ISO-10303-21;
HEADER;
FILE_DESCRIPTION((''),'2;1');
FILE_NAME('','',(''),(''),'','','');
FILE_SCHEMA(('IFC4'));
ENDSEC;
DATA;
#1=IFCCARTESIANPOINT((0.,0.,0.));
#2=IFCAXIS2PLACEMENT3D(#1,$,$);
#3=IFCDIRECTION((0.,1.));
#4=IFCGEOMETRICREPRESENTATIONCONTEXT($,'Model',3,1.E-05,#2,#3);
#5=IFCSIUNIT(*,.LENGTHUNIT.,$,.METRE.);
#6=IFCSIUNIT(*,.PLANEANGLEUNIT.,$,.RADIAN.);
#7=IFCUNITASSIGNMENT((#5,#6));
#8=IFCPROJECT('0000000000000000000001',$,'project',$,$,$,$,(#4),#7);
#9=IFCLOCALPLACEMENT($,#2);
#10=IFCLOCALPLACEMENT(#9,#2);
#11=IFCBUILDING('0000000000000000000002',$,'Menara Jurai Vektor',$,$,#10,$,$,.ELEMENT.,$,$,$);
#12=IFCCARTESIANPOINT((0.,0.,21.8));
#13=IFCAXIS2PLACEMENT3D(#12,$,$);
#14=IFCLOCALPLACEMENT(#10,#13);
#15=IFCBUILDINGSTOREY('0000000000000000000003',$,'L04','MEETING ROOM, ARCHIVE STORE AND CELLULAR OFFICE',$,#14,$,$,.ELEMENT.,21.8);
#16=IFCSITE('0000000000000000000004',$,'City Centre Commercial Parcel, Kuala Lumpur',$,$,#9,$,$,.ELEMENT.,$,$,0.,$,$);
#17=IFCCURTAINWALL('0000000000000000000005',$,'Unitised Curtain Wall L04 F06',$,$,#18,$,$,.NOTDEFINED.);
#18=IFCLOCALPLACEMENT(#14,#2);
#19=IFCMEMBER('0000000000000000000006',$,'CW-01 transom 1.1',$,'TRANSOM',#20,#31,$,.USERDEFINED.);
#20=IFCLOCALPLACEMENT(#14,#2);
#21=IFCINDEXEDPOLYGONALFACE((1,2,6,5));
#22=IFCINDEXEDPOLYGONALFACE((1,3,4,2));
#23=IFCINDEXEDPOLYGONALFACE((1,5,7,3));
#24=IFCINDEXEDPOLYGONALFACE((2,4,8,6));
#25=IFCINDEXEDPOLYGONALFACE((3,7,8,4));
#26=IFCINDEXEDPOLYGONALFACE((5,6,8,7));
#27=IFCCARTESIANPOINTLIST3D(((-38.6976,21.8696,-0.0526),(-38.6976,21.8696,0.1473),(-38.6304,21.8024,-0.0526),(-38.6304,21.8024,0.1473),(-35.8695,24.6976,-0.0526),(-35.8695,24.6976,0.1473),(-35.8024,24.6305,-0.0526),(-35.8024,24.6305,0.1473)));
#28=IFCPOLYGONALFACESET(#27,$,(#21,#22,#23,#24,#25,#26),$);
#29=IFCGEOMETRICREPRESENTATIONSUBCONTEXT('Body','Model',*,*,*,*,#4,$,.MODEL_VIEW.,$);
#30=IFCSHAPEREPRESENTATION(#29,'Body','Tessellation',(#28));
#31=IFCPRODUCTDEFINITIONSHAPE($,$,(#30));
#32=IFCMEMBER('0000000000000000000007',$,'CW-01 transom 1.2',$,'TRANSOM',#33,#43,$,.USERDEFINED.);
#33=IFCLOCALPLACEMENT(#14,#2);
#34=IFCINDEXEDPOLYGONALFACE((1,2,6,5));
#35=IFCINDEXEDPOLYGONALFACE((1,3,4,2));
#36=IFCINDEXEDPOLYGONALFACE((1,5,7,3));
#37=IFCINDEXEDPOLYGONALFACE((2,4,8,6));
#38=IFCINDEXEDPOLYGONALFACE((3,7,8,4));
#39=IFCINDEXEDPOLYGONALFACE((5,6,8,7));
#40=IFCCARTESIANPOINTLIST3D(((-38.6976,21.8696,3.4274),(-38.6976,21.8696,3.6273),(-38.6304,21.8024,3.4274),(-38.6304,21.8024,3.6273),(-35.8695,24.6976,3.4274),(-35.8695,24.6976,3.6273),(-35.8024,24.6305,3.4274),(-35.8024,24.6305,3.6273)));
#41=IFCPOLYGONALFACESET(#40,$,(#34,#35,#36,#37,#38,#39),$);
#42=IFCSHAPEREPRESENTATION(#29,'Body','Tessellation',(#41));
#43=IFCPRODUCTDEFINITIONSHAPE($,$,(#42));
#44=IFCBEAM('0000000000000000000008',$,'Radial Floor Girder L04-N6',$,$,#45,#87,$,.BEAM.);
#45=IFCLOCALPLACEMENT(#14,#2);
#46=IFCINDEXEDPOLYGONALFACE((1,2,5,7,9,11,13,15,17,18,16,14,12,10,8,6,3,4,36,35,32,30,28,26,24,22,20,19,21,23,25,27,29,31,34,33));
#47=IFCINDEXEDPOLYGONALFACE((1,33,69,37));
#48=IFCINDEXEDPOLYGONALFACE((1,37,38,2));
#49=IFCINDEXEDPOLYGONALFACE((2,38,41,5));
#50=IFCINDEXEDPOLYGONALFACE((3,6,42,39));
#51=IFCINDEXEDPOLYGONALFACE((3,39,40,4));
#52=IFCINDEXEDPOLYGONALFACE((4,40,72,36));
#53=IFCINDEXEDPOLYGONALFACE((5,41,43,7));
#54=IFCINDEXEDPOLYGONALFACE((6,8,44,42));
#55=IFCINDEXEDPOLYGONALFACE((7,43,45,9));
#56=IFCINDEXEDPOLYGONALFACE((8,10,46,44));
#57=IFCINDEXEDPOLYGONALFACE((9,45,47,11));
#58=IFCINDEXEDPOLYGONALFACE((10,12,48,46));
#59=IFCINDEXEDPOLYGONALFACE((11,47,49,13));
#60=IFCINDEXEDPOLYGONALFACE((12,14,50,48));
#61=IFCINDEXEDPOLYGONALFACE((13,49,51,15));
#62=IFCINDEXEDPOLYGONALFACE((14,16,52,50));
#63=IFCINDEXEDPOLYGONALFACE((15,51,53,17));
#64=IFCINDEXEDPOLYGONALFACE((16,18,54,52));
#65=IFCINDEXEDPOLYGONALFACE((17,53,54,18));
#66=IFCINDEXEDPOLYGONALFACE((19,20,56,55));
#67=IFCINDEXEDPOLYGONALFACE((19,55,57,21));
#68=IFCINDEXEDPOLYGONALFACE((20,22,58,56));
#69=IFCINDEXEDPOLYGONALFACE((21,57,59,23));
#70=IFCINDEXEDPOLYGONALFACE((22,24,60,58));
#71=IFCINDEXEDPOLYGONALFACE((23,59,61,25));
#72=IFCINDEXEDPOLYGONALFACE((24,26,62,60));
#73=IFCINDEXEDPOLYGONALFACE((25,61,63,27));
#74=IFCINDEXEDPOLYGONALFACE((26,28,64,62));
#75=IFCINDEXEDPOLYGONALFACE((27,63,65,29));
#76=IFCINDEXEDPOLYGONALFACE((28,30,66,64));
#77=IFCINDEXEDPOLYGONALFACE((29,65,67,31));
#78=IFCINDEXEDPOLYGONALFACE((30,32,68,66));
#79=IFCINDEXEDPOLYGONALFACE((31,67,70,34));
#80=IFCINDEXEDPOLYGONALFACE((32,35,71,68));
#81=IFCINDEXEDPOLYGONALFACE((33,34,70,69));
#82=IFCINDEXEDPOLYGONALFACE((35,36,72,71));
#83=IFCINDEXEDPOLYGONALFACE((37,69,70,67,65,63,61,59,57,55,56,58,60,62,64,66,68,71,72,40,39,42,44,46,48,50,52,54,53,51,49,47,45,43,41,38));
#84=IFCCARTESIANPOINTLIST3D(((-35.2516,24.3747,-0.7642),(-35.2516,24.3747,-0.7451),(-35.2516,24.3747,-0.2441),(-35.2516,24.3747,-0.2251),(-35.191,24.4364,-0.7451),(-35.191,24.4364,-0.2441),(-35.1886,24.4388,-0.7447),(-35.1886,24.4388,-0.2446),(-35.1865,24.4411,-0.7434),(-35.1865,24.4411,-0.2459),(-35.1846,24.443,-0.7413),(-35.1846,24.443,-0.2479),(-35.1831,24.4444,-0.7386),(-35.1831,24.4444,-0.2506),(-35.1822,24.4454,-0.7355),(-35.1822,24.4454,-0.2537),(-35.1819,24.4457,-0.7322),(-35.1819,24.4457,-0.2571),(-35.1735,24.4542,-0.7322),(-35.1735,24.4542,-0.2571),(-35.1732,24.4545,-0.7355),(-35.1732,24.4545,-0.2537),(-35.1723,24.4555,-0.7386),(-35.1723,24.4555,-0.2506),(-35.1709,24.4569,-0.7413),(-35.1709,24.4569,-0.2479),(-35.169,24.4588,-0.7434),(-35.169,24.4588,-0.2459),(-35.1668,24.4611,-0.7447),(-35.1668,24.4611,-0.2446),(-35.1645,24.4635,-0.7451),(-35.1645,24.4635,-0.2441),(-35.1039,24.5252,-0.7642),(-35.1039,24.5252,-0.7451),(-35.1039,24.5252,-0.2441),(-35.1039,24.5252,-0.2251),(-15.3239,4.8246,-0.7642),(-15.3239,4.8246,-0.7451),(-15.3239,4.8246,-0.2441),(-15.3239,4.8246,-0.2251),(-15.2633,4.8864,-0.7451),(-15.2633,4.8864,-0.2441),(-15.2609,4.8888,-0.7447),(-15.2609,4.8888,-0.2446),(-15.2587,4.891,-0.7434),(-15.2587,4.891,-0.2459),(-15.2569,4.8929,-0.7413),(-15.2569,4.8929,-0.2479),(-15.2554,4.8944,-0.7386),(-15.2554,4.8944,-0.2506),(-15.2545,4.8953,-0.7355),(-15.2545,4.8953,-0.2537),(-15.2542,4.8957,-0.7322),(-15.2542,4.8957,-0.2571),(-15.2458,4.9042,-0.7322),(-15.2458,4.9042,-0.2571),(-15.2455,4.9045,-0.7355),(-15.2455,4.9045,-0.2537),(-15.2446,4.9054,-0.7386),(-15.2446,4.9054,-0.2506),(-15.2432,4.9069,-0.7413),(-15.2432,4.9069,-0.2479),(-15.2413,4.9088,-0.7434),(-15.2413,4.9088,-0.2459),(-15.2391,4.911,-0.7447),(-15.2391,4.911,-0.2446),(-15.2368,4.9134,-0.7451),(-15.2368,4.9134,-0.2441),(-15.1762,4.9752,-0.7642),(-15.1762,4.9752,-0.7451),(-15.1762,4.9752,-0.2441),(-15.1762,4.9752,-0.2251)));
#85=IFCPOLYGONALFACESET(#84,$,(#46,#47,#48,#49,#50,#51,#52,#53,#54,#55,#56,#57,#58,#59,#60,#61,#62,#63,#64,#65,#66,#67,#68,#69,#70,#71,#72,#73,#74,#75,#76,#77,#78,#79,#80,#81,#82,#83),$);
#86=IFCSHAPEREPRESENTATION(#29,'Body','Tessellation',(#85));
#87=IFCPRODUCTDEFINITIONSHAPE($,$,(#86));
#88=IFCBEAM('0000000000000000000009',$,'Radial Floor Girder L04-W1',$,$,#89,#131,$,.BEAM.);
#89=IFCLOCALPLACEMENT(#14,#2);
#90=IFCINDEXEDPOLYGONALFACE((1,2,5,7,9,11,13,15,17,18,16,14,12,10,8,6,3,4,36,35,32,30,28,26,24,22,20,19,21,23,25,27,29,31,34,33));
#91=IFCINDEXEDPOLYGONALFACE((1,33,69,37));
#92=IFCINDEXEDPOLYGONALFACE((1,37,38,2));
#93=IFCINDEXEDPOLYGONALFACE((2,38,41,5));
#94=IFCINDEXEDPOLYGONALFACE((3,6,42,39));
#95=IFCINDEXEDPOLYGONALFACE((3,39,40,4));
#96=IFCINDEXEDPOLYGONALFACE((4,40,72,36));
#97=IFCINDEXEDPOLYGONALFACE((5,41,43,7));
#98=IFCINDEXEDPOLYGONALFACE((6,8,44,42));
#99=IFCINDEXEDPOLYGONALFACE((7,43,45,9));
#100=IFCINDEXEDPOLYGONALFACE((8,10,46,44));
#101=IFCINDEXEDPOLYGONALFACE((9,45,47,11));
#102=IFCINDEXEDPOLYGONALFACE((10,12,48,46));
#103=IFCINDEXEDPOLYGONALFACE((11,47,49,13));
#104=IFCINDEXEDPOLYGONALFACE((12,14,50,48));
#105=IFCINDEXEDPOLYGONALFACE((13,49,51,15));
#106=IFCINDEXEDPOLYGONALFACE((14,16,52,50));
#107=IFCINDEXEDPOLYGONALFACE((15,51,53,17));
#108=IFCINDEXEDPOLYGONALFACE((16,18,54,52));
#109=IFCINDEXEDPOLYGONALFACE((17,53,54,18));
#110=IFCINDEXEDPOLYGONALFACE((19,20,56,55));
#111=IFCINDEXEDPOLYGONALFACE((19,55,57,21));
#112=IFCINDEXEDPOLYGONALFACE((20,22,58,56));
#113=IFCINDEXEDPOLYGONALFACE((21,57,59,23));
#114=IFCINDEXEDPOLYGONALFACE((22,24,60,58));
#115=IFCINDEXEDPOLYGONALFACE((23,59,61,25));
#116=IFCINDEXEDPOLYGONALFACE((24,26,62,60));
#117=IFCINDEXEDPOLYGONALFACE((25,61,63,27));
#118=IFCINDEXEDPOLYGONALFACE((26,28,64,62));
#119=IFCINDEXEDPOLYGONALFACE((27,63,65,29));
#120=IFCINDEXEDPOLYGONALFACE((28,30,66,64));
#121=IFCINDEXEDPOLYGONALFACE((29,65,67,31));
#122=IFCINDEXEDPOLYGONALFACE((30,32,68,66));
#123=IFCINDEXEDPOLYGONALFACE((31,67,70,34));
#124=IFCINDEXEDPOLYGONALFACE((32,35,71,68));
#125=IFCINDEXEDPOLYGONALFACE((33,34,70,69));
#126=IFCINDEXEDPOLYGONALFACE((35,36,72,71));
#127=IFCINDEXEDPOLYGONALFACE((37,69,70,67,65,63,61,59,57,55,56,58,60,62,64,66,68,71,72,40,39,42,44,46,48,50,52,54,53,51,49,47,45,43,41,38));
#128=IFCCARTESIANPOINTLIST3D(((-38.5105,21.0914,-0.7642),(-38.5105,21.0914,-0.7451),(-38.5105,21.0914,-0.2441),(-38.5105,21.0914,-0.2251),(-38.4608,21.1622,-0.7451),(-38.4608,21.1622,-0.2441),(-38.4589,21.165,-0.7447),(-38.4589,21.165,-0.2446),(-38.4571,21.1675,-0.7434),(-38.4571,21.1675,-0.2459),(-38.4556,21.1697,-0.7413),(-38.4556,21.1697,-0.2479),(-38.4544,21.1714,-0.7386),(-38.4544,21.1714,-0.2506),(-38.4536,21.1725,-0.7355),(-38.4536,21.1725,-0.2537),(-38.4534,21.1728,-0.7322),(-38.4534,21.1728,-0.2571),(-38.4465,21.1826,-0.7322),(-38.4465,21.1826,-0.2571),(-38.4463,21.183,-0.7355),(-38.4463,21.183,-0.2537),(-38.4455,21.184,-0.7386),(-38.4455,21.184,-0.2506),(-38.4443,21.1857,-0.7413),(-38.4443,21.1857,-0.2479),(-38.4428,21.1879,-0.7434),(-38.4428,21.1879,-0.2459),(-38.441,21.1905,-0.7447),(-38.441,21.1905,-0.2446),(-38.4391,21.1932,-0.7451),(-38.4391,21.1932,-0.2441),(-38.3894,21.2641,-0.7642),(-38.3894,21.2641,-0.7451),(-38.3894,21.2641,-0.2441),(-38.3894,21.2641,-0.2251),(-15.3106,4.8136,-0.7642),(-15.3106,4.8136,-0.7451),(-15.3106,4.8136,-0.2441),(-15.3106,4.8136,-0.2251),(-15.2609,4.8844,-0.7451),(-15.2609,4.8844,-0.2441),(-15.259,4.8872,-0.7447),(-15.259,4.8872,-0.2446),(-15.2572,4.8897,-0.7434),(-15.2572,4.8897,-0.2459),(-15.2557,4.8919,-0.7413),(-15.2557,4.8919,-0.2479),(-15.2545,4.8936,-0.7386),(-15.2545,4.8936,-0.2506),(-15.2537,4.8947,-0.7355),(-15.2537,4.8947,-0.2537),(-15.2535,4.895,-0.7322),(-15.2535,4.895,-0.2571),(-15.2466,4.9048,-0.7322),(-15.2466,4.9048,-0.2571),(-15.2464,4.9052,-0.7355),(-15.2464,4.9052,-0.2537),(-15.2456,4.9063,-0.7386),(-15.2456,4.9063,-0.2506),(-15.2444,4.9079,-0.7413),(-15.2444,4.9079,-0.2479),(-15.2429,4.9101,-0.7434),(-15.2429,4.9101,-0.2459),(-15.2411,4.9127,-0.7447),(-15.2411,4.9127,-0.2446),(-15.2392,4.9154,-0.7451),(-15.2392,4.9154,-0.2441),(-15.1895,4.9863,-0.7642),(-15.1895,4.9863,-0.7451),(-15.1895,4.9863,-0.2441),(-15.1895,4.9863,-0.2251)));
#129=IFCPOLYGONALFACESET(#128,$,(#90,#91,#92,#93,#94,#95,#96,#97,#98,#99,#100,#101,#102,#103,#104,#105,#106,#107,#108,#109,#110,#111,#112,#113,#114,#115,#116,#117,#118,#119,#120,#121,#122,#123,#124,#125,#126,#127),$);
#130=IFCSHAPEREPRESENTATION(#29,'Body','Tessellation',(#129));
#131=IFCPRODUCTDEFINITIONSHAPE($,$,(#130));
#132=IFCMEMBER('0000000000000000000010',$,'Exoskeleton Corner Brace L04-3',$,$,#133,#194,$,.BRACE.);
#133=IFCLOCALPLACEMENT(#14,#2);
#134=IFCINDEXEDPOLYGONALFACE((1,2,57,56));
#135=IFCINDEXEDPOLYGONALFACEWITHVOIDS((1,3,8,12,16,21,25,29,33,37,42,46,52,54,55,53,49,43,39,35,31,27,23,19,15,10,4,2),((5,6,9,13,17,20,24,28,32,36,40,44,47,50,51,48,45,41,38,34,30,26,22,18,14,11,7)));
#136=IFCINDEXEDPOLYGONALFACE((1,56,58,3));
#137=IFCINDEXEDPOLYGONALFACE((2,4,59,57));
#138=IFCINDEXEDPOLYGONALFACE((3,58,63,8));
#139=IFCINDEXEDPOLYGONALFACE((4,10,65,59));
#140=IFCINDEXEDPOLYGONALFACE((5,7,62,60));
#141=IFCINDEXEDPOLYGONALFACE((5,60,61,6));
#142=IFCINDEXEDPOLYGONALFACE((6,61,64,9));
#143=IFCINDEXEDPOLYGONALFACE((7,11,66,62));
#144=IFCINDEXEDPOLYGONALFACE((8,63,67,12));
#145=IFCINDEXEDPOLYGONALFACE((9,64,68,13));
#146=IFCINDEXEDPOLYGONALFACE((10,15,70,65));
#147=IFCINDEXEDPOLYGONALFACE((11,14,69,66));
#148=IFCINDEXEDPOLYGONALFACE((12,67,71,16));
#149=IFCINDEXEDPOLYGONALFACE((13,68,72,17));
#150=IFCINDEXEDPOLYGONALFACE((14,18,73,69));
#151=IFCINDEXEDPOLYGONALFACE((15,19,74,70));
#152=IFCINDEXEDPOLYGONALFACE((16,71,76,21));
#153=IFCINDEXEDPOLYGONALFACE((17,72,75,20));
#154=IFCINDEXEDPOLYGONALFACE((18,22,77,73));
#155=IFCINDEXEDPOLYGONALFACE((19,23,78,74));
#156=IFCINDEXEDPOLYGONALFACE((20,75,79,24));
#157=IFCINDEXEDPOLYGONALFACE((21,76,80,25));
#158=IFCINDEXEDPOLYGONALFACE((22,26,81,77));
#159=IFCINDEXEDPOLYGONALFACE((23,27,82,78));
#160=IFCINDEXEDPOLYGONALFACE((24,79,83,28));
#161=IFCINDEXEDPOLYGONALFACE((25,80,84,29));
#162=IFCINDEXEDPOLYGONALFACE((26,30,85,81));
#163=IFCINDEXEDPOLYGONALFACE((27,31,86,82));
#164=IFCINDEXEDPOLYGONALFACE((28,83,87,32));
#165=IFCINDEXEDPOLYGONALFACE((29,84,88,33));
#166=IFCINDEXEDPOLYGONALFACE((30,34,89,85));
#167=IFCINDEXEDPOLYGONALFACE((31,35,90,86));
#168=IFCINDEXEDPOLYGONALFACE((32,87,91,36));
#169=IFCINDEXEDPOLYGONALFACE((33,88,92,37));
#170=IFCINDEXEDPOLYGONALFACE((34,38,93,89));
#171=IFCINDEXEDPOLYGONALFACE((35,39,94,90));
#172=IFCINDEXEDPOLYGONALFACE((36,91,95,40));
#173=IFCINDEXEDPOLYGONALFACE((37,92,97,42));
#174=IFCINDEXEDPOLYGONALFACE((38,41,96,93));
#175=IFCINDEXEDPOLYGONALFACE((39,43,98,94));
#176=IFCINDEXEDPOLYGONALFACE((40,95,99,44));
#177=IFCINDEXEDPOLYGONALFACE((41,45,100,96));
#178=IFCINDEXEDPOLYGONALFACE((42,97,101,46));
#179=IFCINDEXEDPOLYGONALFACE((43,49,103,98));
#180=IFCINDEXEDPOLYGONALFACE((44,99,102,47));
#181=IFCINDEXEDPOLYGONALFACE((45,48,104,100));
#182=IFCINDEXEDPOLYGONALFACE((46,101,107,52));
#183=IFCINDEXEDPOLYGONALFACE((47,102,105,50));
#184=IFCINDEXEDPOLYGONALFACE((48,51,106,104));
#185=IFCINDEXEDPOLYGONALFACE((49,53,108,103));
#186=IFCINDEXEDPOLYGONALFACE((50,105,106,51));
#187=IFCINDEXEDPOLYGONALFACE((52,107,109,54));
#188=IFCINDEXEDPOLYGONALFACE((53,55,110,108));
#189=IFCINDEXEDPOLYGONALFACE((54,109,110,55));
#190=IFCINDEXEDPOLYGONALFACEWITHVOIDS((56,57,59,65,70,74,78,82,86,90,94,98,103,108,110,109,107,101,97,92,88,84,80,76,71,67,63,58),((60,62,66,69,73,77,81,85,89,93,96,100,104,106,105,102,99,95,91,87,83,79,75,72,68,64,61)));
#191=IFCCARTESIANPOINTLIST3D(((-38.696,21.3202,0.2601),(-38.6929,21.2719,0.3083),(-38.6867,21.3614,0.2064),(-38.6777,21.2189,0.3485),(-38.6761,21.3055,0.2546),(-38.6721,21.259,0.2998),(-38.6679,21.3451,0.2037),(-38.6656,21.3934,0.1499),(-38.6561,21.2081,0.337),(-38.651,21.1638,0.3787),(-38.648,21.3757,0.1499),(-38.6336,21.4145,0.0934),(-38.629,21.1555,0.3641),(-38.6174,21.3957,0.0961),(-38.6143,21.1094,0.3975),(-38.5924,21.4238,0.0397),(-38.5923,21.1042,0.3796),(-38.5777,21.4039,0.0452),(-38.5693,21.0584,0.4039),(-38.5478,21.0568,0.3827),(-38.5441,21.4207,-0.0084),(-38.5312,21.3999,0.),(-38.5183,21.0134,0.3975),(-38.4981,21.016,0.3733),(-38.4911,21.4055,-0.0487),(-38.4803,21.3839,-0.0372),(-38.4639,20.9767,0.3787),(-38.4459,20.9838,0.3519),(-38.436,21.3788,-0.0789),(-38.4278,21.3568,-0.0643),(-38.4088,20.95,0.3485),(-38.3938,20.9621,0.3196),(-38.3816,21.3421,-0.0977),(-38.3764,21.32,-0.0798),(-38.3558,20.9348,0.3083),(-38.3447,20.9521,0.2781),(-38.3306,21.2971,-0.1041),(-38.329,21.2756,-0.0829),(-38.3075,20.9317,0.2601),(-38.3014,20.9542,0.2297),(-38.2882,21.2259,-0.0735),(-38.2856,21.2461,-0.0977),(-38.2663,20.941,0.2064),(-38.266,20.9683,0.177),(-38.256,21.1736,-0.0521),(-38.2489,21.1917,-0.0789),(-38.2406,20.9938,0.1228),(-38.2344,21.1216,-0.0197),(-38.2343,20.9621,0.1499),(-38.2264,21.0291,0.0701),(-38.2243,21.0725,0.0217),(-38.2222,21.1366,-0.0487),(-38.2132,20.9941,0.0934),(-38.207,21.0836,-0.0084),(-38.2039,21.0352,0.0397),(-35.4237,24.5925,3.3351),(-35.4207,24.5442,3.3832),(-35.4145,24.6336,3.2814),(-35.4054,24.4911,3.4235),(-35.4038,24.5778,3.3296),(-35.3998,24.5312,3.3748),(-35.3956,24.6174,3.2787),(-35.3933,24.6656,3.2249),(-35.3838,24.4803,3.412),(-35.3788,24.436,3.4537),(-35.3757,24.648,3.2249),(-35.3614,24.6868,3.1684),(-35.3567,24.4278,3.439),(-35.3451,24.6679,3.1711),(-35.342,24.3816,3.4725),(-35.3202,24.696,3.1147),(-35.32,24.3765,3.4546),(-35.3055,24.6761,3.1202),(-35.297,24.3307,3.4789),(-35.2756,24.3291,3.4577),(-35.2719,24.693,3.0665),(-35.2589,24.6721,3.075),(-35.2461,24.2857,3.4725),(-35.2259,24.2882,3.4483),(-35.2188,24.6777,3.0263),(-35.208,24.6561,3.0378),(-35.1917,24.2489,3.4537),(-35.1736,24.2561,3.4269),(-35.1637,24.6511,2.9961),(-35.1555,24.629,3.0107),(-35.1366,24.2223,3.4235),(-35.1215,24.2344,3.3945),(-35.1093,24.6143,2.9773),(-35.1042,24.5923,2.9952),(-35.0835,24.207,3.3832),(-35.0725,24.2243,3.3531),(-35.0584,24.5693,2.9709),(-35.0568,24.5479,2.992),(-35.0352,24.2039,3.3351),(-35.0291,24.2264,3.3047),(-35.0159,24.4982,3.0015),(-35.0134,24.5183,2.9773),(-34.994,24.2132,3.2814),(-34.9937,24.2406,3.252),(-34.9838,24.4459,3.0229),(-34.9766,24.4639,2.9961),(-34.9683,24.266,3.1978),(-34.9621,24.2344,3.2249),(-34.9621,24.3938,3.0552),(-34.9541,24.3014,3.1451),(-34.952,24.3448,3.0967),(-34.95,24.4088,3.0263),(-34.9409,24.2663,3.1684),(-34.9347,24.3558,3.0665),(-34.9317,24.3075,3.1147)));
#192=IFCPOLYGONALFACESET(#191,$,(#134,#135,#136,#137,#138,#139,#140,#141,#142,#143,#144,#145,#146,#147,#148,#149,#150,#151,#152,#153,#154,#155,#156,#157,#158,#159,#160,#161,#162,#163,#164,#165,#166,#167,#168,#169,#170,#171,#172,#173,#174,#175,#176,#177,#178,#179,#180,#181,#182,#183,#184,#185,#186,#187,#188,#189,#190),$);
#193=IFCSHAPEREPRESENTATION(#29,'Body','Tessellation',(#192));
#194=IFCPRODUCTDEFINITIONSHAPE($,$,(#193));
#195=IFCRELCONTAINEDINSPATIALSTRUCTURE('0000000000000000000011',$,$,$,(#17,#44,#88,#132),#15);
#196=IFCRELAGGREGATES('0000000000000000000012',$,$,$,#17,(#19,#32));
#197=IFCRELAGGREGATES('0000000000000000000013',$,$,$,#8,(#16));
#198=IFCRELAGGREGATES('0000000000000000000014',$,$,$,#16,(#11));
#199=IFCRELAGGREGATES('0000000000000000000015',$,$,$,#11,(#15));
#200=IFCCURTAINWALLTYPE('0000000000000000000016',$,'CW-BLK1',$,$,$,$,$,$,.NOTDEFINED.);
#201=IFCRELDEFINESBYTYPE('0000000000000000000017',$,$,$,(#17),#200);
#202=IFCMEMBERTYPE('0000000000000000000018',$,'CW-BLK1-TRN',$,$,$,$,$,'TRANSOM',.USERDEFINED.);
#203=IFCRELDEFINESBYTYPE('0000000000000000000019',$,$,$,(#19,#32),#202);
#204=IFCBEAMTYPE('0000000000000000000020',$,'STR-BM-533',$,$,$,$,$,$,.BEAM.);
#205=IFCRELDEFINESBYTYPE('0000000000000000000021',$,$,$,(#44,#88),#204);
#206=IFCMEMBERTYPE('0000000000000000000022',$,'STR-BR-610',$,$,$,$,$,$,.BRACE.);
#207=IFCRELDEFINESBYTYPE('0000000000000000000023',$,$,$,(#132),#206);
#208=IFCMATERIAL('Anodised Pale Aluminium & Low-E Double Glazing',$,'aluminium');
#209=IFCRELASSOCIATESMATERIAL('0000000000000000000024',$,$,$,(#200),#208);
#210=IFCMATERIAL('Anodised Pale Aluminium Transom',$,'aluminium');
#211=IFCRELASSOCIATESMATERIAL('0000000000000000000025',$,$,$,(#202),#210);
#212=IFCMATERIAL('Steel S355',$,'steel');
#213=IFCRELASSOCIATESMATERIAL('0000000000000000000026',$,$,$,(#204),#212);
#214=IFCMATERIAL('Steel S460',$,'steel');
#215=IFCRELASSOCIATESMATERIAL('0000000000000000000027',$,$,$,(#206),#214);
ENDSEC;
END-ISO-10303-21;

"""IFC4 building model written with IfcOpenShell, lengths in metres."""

from ifc_helpers import new_model, si_unit, direction, frame, origin, origin_2d, place, context, subcontext, project, spatial, rectangle, hollow_circle, i_section, extrude, material, material_profile, profile_set, type_object, element, aggregate, save


model = new_model("IFC4")

# Units and contexts
model_context = context("Model", 3, precision=1e-05, world=origin(), true_north=direction((0.0, 1.0)))
body_context = subcontext(model_context, "Body", "Model", "MODEL_VIEW")
ifc_project = project(units=[si_unit("LENGTHUNIT", "METRE"), si_unit("PLANEANGLEUNIT", "RADIAN")], contexts=[model_context])

# Site, building, storey
site_placement = place(None, origin())
site = spatial("IfcSite", under=ifc_project, at=site_placement, Name="City Centre Commercial Parcel, Kuala Lumpur", CompositionType="ELEMENT", RefElevation=0.0)
building_placement = place(site_placement, origin())
building = spatial("IfcBuilding", under=site, at=building_placement, Name="Menara Jurai Vektor", CompositionType="ELEMENT")
storey_placement = place(building_placement, frame((0.0, 0.0, 21.8)))
storey = spatial("IfcBuildingStorey", under=building, at=storey_placement, Name="L04", Description="MEETING ROOM, ARCHIVE STORE AND CELLULAR OFFICE", CompositionType="ELEMENT", Elevation=21.8)

# Shared definitions
ifc_material_1 = material(Name="Steel S460", Category="steel")

# Curtain wall
ifc_material_2 = material(Name="Anodised Pale Aluminium & Low-E Double Glazing", Category="aluminium")
curtain_wall_type = type_object("IfcCurtainWallType", Name="CW-BLK1", PredefinedType="NOTDEFINED", material=ifc_material_2)
curtain_wall_1_placement = place(storey_placement, origin())
curtain_wall_1 = element("IfcCurtainWall", 1, at=curtain_wall_1_placement, inside=storey, type_object=curtain_wall_type, Name="Unitised Curtain Wall L04 F06", PredefinedType="NOTDEFINED")

# Members
ifc_material_3 = material(Name="Anodised Pale Aluminium Transom", Category="aluminium")
ifc_material_profile_1 = material_profile(ifc_material_3, rectangle(XDim=0.095, YDim=0.2, at=origin_2d()), Name="ALU TRN 95x200")
ifc_profile_set_1 = profile_set([ifc_material_profile_1], Name="Anodised Pale Aluminium Transom")
member_type_1 = type_object("IfcMemberType", Name="CW-BLK1-TRN", ElementType="TRANSOM", PredefinedType="USERDEFINED", material=ifc_profile_set_1)
member_1_placement = place(storey_placement, frame((-35.8359, 24.6641, 0.0474), z_axis=(-0.707107, -0.707107, 0.0), x_axis=(0.707107, -0.707107, 0.0)))
member_1 = element("IfcMember", 2, at=member_1_placement, type_object=member_type_1, Name="CW-01 transom 1.1", ObjectType="TRANSOM", PredefinedType="USERDEFINED", context=body_context, shape_type="SweptSolid", body=[
    extrude(rectangle(XDim=0.095, YDim=0.2, at=origin_2d()), origin(), (0.0, 0.0, 1.0), 3.9995),
])
member_2_placement = place(storey_placement, frame((-35.8359, 24.6641, 3.5273), z_axis=(-0.707107, -0.707107, 0.0), x_axis=(0.707107, -0.707107, 0.0)))
member_2 = element("IfcMember", 3, at=member_2_placement, type_object=member_type_1, Name="CW-01 transom 1.2", ObjectType="TRANSOM", PredefinedType="USERDEFINED", context=body_context, shape_type="SweptSolid", body=[
    extrude(rectangle(XDim=0.095, YDim=0.2, at=origin_2d()), origin(), (0.0, 0.0, 1.0), 3.9995),
])

# Beams
ifc_material_4 = material(Name="Steel S355", Category="steel")
ifc_material_profile_2 = material_profile(ifc_material_4, i_section(OverallWidth=0.2109, OverallDepth=0.5391, WebThickness=0.012, FlangeThickness=0.019, FilletRadius=0.0129, at=origin_2d()), Name="UKB 533x210x109")
ifc_profile_set_2 = profile_set([ifc_material_profile_2], Name="Steel S355")
beam_type_1 = type_object("IfcBeamType", Name="STR-BM-533", PredefinedType="BEAM", material=ifc_profile_set_2)
beam_1_placement = place(storey_placement, frame((-35.1777, 24.45, -0.4946), z_axis=(0.713839, -0.70031, 0.0), x_axis=(0.70031, 0.713839, 0.0)))
element("IfcBeam", 4, at=beam_1_placement, inside=storey, type_object=beam_type_1, Name="Radial Floor Girder L04-N6", PredefinedType="BEAM", context=body_context, shape_type="SweptSolid", body=[
    extrude(i_section(OverallWidth=0.2109, OverallDepth=0.5391, WebThickness=0.012, FlangeThickness=0.019, FilletRadius=0.0129, at=origin_2d()), origin(), (0.0, 0.0, 1.0), 27.9163),
])
beam_2_placement = place(storey_placement, frame((-38.45, 21.1777, -0.4946), z_axis=(0.818604, -0.574359, 0.0), x_axis=(0.574359, 0.818604, 0.0)))
element("IfcBeam", 5, at=beam_2_placement, inside=storey, type_object=beam_type_1, Name="Radial Floor Girder L04-W1", PredefinedType="BEAM", context=body_context, shape_type="SweptSolid", body=[
    extrude(i_section(OverallWidth=0.2109, OverallDepth=0.5391, WebThickness=0.012, FlangeThickness=0.019, FilletRadius=0.0129, at=origin_2d()), origin(), (0.0, 0.0, 1.0), 28.3408),
])

# Member
ifc_material_profile_3 = material_profile(ifc_material_1, hollow_circle(Radius=0.3049, WallThickness=0.0249, at=origin_2d()), Name="CHS 610x25")
ifc_profile_set_3 = profile_set([ifc_material_profile_3], Name="Steel S460")
member_type_2 = type_object("IfcMemberType", Name="STR-BR-610", PredefinedType="BRACE", material=ifc_profile_set_3)
member_3_placement = place(storey_placement, frame((-38.45, 21.1777, 0.1499), z_axis=(0.588942, 0.588942, 0.553438), x_axis=(-0.707107, 0.707107, 0.0)))
element("IfcMember", 6, at=member_3_placement, inside=storey, type_object=member_type_2, Name="Exoskeleton Corner Brace L04-3", PredefinedType="BRACE", context=body_context, shape_type="SweptSolid", body=[
    extrude(hollow_circle(Radius=0.3049, WallThickness=0.0249, at=origin_2d()), origin(), (0.0, 0.0, 1.0), 5.5562),
])

aggregate(curtain_wall_1, [member_1, member_2])

save(model, "model.ifc")
